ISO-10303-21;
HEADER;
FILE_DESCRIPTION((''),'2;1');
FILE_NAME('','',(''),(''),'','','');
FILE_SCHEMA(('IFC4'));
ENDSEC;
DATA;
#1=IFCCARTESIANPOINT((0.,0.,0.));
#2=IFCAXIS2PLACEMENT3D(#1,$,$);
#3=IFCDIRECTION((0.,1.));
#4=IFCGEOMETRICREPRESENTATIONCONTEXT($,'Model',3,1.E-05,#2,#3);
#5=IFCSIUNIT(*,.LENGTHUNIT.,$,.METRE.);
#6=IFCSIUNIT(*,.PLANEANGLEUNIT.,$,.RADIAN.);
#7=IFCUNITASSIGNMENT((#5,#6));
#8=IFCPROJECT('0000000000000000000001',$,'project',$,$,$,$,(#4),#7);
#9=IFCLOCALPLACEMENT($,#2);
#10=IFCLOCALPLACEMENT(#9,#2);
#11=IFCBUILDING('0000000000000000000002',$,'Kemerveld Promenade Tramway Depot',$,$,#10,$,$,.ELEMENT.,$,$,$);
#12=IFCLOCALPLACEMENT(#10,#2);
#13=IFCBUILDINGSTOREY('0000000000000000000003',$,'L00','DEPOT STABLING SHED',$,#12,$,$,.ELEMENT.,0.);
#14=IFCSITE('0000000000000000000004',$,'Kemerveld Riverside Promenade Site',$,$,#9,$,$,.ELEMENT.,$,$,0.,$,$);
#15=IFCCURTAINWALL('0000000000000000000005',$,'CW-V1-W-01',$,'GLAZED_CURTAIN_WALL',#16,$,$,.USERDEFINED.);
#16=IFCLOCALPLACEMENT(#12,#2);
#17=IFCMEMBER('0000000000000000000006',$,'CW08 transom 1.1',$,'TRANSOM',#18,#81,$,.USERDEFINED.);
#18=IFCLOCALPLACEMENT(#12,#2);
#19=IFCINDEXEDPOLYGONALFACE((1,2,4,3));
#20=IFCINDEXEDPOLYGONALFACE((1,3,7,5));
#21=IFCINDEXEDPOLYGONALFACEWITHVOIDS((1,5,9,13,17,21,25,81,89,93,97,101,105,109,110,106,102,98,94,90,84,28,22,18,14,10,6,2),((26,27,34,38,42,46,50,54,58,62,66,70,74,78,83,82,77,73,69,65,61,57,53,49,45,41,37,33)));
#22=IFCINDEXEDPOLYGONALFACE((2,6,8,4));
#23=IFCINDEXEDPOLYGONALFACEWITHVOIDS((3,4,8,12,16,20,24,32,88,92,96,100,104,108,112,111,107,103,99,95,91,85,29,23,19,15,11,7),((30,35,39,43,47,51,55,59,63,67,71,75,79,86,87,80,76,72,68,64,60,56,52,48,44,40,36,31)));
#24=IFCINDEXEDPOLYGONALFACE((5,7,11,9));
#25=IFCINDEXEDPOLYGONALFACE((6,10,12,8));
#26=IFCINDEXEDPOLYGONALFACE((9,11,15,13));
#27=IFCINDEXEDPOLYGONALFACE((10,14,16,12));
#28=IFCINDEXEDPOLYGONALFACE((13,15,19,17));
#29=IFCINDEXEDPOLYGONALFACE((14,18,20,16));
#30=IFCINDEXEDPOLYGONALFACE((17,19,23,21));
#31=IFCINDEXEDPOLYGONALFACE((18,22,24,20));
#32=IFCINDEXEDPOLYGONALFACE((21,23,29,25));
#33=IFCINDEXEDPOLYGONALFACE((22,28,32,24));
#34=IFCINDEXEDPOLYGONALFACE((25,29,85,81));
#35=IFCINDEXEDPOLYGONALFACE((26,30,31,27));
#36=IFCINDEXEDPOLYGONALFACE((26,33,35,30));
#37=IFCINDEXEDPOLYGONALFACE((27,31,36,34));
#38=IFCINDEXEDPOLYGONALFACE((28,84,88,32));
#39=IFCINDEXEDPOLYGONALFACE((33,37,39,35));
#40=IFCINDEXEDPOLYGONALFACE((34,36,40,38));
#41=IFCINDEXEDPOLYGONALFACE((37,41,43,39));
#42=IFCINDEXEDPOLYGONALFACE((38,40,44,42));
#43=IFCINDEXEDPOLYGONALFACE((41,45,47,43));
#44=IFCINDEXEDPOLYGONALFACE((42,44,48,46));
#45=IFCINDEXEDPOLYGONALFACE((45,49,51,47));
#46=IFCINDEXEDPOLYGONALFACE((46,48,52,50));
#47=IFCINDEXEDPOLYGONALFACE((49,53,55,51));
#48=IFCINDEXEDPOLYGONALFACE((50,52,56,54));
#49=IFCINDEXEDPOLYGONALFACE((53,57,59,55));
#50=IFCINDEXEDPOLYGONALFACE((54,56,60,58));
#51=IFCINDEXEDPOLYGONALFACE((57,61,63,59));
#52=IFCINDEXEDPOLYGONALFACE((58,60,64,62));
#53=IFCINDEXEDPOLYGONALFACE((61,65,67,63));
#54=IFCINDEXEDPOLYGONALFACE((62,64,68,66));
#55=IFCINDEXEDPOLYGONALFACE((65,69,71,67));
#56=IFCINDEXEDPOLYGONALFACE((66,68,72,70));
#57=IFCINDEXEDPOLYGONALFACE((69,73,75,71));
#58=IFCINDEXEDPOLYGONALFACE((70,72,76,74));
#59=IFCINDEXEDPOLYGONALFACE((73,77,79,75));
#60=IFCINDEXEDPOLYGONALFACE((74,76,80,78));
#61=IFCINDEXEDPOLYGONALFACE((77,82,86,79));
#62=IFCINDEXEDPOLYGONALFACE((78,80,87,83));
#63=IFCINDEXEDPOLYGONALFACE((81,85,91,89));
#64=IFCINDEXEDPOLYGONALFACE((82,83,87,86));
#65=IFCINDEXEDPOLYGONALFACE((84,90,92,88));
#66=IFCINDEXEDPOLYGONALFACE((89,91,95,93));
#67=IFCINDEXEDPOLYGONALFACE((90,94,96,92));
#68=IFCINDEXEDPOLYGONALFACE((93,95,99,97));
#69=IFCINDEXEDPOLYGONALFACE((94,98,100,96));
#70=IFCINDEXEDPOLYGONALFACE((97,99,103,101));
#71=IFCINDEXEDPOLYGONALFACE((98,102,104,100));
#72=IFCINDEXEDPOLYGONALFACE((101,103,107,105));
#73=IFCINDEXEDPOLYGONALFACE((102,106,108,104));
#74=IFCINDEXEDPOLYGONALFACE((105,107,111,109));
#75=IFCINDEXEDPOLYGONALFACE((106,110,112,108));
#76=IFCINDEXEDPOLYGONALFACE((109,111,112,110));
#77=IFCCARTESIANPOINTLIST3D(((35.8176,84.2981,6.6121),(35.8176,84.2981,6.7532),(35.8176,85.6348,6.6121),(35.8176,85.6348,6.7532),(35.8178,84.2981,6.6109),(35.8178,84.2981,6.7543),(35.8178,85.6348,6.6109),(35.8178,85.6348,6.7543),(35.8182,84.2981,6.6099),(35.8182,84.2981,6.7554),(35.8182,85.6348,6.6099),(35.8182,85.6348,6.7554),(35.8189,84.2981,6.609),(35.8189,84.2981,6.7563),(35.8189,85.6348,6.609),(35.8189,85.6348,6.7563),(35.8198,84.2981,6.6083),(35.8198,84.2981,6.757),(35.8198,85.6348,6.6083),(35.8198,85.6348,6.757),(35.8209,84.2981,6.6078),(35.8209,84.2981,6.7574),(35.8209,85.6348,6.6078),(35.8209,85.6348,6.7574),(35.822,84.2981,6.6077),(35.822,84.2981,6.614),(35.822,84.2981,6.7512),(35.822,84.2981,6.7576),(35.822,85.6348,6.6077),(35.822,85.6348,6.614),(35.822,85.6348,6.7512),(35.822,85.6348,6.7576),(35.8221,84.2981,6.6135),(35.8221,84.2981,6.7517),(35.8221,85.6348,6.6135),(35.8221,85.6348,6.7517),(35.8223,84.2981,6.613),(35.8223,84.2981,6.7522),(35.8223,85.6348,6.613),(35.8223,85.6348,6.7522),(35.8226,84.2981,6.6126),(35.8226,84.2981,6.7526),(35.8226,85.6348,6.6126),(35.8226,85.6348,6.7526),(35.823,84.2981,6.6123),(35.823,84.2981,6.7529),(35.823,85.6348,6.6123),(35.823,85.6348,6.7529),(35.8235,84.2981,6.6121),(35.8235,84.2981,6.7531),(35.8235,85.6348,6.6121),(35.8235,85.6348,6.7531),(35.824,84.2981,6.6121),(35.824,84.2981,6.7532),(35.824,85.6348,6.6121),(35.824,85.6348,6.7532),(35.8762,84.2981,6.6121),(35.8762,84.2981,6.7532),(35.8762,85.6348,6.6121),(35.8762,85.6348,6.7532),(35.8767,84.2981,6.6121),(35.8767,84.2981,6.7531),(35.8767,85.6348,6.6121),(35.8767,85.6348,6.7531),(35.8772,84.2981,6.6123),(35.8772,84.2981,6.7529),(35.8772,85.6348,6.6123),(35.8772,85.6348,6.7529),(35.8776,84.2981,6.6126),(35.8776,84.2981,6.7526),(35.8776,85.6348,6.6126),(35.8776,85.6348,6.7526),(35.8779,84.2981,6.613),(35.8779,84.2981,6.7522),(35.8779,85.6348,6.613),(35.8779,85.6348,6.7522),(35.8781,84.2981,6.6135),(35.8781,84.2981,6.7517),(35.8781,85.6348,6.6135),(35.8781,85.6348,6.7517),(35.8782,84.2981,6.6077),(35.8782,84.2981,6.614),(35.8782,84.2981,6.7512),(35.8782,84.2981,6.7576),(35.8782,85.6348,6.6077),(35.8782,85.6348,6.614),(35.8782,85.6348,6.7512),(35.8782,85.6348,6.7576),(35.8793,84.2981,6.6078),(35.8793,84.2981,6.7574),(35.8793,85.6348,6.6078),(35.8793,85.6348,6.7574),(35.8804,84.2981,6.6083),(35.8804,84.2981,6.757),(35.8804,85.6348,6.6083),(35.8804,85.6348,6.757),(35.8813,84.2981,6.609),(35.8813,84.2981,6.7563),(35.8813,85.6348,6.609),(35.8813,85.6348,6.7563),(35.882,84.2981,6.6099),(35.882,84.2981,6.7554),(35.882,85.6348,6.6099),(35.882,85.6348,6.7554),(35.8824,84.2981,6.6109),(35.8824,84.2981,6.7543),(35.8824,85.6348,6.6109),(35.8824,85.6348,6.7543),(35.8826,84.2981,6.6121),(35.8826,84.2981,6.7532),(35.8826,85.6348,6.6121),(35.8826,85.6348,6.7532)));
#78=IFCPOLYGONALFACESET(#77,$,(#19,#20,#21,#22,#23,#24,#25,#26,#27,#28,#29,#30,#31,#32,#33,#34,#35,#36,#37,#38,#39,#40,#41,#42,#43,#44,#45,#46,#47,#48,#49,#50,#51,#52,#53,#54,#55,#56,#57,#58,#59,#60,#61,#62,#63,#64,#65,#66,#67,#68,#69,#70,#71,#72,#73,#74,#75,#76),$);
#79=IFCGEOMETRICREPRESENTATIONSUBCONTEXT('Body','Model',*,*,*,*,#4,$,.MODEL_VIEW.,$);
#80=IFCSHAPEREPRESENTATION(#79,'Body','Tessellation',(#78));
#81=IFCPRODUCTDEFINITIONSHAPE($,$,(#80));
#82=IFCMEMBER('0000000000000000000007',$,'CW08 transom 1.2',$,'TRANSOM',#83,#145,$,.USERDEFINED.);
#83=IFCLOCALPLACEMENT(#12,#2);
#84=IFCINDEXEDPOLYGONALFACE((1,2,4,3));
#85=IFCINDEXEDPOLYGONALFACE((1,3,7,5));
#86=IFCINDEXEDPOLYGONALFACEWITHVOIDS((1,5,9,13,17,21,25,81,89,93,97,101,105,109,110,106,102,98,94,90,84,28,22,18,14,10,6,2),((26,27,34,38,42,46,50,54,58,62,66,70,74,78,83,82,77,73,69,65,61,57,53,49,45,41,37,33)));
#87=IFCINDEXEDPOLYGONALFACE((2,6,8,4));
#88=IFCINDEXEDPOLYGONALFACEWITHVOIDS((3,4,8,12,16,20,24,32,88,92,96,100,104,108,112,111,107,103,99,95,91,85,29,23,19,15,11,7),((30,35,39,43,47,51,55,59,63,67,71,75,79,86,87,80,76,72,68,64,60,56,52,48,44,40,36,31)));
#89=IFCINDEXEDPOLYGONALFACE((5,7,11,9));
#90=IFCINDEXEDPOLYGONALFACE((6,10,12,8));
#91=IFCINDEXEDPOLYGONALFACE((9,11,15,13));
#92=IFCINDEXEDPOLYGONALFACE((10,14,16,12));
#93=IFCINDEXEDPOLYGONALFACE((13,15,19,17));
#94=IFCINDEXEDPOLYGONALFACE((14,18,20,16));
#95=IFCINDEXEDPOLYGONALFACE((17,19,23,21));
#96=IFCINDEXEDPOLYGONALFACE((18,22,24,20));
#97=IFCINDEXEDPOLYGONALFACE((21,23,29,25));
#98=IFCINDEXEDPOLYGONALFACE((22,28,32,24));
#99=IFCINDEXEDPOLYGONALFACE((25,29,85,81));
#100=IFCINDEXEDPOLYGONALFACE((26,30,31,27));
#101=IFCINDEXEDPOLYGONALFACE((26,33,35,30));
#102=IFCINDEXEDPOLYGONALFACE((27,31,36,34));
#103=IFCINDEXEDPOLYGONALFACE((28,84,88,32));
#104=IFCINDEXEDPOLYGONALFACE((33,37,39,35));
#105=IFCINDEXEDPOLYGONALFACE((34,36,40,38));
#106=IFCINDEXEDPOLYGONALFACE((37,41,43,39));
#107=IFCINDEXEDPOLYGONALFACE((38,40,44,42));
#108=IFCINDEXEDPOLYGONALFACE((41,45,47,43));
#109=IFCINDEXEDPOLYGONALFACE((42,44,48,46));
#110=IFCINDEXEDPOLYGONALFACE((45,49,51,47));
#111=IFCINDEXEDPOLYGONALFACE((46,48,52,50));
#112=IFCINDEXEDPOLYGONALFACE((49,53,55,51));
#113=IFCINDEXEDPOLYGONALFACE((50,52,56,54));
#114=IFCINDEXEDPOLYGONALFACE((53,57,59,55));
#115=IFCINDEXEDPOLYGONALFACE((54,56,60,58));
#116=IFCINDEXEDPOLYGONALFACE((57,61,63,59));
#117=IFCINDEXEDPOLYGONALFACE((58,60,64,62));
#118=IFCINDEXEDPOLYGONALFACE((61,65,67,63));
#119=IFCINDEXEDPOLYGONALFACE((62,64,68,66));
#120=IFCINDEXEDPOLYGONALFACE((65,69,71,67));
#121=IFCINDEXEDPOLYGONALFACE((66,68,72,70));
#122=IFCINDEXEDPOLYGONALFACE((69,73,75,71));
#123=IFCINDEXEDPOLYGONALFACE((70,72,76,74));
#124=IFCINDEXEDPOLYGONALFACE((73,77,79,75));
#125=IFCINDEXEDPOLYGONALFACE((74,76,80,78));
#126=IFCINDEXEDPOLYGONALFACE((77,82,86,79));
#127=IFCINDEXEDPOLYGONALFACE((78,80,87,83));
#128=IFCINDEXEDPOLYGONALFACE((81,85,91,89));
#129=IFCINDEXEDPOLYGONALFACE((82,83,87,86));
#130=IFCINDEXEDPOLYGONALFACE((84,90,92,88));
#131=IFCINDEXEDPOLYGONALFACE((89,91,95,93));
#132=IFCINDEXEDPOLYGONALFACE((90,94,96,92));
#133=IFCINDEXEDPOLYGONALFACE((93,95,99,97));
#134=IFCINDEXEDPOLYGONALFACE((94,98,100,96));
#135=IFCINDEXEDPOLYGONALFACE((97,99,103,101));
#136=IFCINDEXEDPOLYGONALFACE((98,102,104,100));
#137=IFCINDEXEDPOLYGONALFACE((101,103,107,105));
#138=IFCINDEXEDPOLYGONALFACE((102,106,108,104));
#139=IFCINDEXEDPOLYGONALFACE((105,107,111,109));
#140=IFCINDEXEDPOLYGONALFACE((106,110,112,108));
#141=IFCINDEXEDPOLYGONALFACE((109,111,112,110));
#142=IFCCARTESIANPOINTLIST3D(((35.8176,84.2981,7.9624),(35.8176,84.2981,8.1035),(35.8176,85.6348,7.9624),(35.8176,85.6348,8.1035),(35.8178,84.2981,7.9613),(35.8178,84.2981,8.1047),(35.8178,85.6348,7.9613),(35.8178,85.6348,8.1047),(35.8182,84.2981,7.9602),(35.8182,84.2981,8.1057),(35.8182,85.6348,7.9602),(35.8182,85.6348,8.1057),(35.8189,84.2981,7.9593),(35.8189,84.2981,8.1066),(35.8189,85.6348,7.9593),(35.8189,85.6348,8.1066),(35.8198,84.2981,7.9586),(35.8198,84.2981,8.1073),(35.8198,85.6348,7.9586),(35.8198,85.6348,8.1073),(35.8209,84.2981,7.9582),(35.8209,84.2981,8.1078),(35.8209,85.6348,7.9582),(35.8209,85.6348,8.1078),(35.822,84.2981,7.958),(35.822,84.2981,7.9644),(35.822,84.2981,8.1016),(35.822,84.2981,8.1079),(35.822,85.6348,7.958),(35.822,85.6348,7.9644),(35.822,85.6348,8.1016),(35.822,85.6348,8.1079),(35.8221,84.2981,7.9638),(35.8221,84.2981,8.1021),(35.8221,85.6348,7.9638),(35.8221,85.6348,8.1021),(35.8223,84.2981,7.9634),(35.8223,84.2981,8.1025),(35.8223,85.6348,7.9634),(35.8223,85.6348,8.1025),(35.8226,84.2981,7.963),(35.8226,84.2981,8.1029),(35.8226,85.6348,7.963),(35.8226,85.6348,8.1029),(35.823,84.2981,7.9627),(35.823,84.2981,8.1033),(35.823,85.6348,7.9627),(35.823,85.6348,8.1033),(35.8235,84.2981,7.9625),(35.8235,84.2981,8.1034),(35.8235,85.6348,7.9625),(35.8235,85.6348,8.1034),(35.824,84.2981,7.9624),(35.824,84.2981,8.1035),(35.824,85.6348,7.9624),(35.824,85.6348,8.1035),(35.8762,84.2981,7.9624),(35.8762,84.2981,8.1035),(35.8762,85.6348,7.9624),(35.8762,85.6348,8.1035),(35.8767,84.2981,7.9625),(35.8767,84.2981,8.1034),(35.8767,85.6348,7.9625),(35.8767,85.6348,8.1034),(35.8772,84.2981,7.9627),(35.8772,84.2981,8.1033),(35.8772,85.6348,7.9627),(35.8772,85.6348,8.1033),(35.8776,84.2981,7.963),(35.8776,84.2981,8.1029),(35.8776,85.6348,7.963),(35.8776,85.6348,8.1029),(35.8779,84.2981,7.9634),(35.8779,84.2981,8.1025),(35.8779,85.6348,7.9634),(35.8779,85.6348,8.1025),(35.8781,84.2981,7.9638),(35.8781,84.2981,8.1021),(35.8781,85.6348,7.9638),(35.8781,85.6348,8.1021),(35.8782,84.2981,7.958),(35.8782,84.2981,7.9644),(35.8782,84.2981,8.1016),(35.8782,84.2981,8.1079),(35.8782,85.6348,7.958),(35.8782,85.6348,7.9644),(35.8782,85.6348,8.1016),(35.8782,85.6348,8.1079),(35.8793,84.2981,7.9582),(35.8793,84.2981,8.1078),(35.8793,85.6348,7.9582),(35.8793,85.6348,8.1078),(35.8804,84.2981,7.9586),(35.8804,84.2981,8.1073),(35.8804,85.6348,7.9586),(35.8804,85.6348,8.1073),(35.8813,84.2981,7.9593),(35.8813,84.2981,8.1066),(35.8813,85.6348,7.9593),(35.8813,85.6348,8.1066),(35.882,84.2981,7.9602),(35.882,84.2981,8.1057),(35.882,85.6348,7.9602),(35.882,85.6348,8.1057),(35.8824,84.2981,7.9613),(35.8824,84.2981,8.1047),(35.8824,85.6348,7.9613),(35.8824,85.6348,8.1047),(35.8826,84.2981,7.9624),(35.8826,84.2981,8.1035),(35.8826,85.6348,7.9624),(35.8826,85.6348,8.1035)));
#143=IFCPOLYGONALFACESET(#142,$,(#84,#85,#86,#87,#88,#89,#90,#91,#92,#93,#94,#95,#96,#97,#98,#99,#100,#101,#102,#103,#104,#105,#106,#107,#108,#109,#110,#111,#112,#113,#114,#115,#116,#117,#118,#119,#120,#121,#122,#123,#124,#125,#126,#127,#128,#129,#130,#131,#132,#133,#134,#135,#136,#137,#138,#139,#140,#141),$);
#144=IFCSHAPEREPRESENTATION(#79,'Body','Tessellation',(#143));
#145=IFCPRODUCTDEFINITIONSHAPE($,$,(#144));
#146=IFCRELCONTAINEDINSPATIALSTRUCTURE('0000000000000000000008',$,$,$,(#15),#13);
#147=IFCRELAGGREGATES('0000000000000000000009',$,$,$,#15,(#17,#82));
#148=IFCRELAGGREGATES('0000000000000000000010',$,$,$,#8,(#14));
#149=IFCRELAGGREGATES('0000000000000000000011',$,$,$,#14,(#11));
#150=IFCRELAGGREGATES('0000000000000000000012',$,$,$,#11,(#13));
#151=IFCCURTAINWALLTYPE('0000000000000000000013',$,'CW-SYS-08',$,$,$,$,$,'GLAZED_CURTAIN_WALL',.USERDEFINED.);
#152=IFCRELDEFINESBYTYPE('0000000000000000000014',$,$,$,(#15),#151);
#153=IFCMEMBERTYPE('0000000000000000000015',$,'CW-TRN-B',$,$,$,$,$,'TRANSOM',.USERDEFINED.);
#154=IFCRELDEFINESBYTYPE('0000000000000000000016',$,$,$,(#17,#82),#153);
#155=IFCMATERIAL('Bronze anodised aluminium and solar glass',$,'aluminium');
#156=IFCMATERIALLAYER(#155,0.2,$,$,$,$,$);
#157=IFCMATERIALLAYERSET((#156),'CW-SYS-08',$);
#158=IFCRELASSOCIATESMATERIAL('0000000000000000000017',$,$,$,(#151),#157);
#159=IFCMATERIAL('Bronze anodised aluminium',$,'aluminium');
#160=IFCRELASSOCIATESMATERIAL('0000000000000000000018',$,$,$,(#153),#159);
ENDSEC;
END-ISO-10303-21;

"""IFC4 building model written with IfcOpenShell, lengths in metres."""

from ifc_helpers import new_model, si_unit, direction, frame, origin, origin_2d, place, context, subcontext, project, spatial, hollow_rectangle, extrude, material, layer, layer_set, material_profile, profile_set, type_object, element, aggregate, save


model = new_model("IFC4")

# Units and contexts
model_context = context("Model", 3, precision=1e-05, world=origin(), true_north=direction((0.0, 1.0)))
body_context = subcontext(model_context, "Body", "Model", "MODEL_VIEW")
ifc_project = project(units=[si_unit("LENGTHUNIT", "METRE"), si_unit("PLANEANGLEUNIT", "RADIAN")], contexts=[model_context])

# Site, building, storey
site_placement = place(None, origin())
site = spatial("IfcSite", under=ifc_project, at=site_placement, Name="Kemerveld Riverside Promenade Site", CompositionType="ELEMENT", RefElevation=0.0)
building_placement = place(site_placement, origin())
building = spatial("IfcBuilding", under=site, at=building_placement, Name="Kemerveld Promenade Tramway Depot", CompositionType="ELEMENT")
storey_placement = place(building_placement, origin())
storey = spatial("IfcBuildingStorey", under=building, at=storey_placement, Name="L00", Description="DEPOT STABLING SHED", CompositionType="ELEMENT", Elevation=0.0)

# Curtain wall
ifc_material_1 = material(Name="Bronze anodised aluminium and solar glass", Category="aluminium")
ifc_material_2 = material(Name="Bronze anodised aluminium", Category="aluminium")
ifc_layer_1 = layer(ifc_material_1, 0.2)
ifc_layer_set_1 = layer_set([ifc_layer_1], Name="CW-SYS-08")
curtain_wall_type_1 = type_object("IfcCurtainWallType", Name="CW-SYS-08", ElementType="GLAZED_CURTAIN_WALL", PredefinedType="USERDEFINED", material=ifc_layer_set_1)
curtain_wall_1_placement = place(storey_placement, origin())
curtain_wall_1 = element("IfcCurtainWall", 1, at=curtain_wall_1_placement, inside=storey, type_object=curtain_wall_type_1, Name="CW-V1-W-01", ObjectType="GLAZED_CURTAIN_WALL", PredefinedType="USERDEFINED")

# Members
ifc_material_profile_1 = material_profile(ifc_material_2, hollow_rectangle(XDim=0.0649, YDim=0.1499, WallThickness=0.0044, InnerFilletRadius=0.002, OuterFilletRadius=0.0044, at=origin_2d()), Name="CW-TRN-150x65")
ifc_profile_set_1 = profile_set([ifc_material_profile_1], Name="Bronze anodised aluminium")
member_type_1 = type_object("IfcMemberType", Name="CW-TRN-B", ElementType="TRANSOM", PredefinedType="USERDEFINED", material=ifc_profile_set_1)
member_1_placement = place(storey_placement, frame((35.8501, 84.2981, 6.6826), z_axis=(0.0, 1.0, 0.0), x_axis=(-1.0, 0.0, 0.0)))
member_1 = element("IfcMember", 2, at=member_1_placement, type_object=member_type_1, Name="CW08 transom 1.1", ObjectType="TRANSOM", PredefinedType="USERDEFINED", context=body_context, shape_type="SweptSolid", body=[
    extrude(hollow_rectangle(XDim=0.0649, YDim=0.1499, WallThickness=0.0044, InnerFilletRadius=0.002, OuterFilletRadius=0.0044, at=origin_2d()), origin(), (0.0, 0.0, 1.0), 1.3367),
])
member_2_placement = place(storey_placement, frame((35.8501, 84.2981, 8.033), z_axis=(0.0, 1.0, 0.0), x_axis=(-1.0, 0.0, 0.0)))
member_2 = element("IfcMember", 3, at=member_2_placement, type_object=member_type_1, Name="CW08 transom 1.2", ObjectType="TRANSOM", PredefinedType="USERDEFINED", context=body_context, shape_type="SweptSolid", body=[
    extrude(hollow_rectangle(XDim=0.0649, YDim=0.1499, WallThickness=0.0044, InnerFilletRadius=0.002, OuterFilletRadius=0.0044, at=origin_2d()), origin(), (0.0, 0.0, 1.0), 1.3367),
])

aggregate(curtain_wall_1, [member_1, member_2])

save(model, "model.ifc")
